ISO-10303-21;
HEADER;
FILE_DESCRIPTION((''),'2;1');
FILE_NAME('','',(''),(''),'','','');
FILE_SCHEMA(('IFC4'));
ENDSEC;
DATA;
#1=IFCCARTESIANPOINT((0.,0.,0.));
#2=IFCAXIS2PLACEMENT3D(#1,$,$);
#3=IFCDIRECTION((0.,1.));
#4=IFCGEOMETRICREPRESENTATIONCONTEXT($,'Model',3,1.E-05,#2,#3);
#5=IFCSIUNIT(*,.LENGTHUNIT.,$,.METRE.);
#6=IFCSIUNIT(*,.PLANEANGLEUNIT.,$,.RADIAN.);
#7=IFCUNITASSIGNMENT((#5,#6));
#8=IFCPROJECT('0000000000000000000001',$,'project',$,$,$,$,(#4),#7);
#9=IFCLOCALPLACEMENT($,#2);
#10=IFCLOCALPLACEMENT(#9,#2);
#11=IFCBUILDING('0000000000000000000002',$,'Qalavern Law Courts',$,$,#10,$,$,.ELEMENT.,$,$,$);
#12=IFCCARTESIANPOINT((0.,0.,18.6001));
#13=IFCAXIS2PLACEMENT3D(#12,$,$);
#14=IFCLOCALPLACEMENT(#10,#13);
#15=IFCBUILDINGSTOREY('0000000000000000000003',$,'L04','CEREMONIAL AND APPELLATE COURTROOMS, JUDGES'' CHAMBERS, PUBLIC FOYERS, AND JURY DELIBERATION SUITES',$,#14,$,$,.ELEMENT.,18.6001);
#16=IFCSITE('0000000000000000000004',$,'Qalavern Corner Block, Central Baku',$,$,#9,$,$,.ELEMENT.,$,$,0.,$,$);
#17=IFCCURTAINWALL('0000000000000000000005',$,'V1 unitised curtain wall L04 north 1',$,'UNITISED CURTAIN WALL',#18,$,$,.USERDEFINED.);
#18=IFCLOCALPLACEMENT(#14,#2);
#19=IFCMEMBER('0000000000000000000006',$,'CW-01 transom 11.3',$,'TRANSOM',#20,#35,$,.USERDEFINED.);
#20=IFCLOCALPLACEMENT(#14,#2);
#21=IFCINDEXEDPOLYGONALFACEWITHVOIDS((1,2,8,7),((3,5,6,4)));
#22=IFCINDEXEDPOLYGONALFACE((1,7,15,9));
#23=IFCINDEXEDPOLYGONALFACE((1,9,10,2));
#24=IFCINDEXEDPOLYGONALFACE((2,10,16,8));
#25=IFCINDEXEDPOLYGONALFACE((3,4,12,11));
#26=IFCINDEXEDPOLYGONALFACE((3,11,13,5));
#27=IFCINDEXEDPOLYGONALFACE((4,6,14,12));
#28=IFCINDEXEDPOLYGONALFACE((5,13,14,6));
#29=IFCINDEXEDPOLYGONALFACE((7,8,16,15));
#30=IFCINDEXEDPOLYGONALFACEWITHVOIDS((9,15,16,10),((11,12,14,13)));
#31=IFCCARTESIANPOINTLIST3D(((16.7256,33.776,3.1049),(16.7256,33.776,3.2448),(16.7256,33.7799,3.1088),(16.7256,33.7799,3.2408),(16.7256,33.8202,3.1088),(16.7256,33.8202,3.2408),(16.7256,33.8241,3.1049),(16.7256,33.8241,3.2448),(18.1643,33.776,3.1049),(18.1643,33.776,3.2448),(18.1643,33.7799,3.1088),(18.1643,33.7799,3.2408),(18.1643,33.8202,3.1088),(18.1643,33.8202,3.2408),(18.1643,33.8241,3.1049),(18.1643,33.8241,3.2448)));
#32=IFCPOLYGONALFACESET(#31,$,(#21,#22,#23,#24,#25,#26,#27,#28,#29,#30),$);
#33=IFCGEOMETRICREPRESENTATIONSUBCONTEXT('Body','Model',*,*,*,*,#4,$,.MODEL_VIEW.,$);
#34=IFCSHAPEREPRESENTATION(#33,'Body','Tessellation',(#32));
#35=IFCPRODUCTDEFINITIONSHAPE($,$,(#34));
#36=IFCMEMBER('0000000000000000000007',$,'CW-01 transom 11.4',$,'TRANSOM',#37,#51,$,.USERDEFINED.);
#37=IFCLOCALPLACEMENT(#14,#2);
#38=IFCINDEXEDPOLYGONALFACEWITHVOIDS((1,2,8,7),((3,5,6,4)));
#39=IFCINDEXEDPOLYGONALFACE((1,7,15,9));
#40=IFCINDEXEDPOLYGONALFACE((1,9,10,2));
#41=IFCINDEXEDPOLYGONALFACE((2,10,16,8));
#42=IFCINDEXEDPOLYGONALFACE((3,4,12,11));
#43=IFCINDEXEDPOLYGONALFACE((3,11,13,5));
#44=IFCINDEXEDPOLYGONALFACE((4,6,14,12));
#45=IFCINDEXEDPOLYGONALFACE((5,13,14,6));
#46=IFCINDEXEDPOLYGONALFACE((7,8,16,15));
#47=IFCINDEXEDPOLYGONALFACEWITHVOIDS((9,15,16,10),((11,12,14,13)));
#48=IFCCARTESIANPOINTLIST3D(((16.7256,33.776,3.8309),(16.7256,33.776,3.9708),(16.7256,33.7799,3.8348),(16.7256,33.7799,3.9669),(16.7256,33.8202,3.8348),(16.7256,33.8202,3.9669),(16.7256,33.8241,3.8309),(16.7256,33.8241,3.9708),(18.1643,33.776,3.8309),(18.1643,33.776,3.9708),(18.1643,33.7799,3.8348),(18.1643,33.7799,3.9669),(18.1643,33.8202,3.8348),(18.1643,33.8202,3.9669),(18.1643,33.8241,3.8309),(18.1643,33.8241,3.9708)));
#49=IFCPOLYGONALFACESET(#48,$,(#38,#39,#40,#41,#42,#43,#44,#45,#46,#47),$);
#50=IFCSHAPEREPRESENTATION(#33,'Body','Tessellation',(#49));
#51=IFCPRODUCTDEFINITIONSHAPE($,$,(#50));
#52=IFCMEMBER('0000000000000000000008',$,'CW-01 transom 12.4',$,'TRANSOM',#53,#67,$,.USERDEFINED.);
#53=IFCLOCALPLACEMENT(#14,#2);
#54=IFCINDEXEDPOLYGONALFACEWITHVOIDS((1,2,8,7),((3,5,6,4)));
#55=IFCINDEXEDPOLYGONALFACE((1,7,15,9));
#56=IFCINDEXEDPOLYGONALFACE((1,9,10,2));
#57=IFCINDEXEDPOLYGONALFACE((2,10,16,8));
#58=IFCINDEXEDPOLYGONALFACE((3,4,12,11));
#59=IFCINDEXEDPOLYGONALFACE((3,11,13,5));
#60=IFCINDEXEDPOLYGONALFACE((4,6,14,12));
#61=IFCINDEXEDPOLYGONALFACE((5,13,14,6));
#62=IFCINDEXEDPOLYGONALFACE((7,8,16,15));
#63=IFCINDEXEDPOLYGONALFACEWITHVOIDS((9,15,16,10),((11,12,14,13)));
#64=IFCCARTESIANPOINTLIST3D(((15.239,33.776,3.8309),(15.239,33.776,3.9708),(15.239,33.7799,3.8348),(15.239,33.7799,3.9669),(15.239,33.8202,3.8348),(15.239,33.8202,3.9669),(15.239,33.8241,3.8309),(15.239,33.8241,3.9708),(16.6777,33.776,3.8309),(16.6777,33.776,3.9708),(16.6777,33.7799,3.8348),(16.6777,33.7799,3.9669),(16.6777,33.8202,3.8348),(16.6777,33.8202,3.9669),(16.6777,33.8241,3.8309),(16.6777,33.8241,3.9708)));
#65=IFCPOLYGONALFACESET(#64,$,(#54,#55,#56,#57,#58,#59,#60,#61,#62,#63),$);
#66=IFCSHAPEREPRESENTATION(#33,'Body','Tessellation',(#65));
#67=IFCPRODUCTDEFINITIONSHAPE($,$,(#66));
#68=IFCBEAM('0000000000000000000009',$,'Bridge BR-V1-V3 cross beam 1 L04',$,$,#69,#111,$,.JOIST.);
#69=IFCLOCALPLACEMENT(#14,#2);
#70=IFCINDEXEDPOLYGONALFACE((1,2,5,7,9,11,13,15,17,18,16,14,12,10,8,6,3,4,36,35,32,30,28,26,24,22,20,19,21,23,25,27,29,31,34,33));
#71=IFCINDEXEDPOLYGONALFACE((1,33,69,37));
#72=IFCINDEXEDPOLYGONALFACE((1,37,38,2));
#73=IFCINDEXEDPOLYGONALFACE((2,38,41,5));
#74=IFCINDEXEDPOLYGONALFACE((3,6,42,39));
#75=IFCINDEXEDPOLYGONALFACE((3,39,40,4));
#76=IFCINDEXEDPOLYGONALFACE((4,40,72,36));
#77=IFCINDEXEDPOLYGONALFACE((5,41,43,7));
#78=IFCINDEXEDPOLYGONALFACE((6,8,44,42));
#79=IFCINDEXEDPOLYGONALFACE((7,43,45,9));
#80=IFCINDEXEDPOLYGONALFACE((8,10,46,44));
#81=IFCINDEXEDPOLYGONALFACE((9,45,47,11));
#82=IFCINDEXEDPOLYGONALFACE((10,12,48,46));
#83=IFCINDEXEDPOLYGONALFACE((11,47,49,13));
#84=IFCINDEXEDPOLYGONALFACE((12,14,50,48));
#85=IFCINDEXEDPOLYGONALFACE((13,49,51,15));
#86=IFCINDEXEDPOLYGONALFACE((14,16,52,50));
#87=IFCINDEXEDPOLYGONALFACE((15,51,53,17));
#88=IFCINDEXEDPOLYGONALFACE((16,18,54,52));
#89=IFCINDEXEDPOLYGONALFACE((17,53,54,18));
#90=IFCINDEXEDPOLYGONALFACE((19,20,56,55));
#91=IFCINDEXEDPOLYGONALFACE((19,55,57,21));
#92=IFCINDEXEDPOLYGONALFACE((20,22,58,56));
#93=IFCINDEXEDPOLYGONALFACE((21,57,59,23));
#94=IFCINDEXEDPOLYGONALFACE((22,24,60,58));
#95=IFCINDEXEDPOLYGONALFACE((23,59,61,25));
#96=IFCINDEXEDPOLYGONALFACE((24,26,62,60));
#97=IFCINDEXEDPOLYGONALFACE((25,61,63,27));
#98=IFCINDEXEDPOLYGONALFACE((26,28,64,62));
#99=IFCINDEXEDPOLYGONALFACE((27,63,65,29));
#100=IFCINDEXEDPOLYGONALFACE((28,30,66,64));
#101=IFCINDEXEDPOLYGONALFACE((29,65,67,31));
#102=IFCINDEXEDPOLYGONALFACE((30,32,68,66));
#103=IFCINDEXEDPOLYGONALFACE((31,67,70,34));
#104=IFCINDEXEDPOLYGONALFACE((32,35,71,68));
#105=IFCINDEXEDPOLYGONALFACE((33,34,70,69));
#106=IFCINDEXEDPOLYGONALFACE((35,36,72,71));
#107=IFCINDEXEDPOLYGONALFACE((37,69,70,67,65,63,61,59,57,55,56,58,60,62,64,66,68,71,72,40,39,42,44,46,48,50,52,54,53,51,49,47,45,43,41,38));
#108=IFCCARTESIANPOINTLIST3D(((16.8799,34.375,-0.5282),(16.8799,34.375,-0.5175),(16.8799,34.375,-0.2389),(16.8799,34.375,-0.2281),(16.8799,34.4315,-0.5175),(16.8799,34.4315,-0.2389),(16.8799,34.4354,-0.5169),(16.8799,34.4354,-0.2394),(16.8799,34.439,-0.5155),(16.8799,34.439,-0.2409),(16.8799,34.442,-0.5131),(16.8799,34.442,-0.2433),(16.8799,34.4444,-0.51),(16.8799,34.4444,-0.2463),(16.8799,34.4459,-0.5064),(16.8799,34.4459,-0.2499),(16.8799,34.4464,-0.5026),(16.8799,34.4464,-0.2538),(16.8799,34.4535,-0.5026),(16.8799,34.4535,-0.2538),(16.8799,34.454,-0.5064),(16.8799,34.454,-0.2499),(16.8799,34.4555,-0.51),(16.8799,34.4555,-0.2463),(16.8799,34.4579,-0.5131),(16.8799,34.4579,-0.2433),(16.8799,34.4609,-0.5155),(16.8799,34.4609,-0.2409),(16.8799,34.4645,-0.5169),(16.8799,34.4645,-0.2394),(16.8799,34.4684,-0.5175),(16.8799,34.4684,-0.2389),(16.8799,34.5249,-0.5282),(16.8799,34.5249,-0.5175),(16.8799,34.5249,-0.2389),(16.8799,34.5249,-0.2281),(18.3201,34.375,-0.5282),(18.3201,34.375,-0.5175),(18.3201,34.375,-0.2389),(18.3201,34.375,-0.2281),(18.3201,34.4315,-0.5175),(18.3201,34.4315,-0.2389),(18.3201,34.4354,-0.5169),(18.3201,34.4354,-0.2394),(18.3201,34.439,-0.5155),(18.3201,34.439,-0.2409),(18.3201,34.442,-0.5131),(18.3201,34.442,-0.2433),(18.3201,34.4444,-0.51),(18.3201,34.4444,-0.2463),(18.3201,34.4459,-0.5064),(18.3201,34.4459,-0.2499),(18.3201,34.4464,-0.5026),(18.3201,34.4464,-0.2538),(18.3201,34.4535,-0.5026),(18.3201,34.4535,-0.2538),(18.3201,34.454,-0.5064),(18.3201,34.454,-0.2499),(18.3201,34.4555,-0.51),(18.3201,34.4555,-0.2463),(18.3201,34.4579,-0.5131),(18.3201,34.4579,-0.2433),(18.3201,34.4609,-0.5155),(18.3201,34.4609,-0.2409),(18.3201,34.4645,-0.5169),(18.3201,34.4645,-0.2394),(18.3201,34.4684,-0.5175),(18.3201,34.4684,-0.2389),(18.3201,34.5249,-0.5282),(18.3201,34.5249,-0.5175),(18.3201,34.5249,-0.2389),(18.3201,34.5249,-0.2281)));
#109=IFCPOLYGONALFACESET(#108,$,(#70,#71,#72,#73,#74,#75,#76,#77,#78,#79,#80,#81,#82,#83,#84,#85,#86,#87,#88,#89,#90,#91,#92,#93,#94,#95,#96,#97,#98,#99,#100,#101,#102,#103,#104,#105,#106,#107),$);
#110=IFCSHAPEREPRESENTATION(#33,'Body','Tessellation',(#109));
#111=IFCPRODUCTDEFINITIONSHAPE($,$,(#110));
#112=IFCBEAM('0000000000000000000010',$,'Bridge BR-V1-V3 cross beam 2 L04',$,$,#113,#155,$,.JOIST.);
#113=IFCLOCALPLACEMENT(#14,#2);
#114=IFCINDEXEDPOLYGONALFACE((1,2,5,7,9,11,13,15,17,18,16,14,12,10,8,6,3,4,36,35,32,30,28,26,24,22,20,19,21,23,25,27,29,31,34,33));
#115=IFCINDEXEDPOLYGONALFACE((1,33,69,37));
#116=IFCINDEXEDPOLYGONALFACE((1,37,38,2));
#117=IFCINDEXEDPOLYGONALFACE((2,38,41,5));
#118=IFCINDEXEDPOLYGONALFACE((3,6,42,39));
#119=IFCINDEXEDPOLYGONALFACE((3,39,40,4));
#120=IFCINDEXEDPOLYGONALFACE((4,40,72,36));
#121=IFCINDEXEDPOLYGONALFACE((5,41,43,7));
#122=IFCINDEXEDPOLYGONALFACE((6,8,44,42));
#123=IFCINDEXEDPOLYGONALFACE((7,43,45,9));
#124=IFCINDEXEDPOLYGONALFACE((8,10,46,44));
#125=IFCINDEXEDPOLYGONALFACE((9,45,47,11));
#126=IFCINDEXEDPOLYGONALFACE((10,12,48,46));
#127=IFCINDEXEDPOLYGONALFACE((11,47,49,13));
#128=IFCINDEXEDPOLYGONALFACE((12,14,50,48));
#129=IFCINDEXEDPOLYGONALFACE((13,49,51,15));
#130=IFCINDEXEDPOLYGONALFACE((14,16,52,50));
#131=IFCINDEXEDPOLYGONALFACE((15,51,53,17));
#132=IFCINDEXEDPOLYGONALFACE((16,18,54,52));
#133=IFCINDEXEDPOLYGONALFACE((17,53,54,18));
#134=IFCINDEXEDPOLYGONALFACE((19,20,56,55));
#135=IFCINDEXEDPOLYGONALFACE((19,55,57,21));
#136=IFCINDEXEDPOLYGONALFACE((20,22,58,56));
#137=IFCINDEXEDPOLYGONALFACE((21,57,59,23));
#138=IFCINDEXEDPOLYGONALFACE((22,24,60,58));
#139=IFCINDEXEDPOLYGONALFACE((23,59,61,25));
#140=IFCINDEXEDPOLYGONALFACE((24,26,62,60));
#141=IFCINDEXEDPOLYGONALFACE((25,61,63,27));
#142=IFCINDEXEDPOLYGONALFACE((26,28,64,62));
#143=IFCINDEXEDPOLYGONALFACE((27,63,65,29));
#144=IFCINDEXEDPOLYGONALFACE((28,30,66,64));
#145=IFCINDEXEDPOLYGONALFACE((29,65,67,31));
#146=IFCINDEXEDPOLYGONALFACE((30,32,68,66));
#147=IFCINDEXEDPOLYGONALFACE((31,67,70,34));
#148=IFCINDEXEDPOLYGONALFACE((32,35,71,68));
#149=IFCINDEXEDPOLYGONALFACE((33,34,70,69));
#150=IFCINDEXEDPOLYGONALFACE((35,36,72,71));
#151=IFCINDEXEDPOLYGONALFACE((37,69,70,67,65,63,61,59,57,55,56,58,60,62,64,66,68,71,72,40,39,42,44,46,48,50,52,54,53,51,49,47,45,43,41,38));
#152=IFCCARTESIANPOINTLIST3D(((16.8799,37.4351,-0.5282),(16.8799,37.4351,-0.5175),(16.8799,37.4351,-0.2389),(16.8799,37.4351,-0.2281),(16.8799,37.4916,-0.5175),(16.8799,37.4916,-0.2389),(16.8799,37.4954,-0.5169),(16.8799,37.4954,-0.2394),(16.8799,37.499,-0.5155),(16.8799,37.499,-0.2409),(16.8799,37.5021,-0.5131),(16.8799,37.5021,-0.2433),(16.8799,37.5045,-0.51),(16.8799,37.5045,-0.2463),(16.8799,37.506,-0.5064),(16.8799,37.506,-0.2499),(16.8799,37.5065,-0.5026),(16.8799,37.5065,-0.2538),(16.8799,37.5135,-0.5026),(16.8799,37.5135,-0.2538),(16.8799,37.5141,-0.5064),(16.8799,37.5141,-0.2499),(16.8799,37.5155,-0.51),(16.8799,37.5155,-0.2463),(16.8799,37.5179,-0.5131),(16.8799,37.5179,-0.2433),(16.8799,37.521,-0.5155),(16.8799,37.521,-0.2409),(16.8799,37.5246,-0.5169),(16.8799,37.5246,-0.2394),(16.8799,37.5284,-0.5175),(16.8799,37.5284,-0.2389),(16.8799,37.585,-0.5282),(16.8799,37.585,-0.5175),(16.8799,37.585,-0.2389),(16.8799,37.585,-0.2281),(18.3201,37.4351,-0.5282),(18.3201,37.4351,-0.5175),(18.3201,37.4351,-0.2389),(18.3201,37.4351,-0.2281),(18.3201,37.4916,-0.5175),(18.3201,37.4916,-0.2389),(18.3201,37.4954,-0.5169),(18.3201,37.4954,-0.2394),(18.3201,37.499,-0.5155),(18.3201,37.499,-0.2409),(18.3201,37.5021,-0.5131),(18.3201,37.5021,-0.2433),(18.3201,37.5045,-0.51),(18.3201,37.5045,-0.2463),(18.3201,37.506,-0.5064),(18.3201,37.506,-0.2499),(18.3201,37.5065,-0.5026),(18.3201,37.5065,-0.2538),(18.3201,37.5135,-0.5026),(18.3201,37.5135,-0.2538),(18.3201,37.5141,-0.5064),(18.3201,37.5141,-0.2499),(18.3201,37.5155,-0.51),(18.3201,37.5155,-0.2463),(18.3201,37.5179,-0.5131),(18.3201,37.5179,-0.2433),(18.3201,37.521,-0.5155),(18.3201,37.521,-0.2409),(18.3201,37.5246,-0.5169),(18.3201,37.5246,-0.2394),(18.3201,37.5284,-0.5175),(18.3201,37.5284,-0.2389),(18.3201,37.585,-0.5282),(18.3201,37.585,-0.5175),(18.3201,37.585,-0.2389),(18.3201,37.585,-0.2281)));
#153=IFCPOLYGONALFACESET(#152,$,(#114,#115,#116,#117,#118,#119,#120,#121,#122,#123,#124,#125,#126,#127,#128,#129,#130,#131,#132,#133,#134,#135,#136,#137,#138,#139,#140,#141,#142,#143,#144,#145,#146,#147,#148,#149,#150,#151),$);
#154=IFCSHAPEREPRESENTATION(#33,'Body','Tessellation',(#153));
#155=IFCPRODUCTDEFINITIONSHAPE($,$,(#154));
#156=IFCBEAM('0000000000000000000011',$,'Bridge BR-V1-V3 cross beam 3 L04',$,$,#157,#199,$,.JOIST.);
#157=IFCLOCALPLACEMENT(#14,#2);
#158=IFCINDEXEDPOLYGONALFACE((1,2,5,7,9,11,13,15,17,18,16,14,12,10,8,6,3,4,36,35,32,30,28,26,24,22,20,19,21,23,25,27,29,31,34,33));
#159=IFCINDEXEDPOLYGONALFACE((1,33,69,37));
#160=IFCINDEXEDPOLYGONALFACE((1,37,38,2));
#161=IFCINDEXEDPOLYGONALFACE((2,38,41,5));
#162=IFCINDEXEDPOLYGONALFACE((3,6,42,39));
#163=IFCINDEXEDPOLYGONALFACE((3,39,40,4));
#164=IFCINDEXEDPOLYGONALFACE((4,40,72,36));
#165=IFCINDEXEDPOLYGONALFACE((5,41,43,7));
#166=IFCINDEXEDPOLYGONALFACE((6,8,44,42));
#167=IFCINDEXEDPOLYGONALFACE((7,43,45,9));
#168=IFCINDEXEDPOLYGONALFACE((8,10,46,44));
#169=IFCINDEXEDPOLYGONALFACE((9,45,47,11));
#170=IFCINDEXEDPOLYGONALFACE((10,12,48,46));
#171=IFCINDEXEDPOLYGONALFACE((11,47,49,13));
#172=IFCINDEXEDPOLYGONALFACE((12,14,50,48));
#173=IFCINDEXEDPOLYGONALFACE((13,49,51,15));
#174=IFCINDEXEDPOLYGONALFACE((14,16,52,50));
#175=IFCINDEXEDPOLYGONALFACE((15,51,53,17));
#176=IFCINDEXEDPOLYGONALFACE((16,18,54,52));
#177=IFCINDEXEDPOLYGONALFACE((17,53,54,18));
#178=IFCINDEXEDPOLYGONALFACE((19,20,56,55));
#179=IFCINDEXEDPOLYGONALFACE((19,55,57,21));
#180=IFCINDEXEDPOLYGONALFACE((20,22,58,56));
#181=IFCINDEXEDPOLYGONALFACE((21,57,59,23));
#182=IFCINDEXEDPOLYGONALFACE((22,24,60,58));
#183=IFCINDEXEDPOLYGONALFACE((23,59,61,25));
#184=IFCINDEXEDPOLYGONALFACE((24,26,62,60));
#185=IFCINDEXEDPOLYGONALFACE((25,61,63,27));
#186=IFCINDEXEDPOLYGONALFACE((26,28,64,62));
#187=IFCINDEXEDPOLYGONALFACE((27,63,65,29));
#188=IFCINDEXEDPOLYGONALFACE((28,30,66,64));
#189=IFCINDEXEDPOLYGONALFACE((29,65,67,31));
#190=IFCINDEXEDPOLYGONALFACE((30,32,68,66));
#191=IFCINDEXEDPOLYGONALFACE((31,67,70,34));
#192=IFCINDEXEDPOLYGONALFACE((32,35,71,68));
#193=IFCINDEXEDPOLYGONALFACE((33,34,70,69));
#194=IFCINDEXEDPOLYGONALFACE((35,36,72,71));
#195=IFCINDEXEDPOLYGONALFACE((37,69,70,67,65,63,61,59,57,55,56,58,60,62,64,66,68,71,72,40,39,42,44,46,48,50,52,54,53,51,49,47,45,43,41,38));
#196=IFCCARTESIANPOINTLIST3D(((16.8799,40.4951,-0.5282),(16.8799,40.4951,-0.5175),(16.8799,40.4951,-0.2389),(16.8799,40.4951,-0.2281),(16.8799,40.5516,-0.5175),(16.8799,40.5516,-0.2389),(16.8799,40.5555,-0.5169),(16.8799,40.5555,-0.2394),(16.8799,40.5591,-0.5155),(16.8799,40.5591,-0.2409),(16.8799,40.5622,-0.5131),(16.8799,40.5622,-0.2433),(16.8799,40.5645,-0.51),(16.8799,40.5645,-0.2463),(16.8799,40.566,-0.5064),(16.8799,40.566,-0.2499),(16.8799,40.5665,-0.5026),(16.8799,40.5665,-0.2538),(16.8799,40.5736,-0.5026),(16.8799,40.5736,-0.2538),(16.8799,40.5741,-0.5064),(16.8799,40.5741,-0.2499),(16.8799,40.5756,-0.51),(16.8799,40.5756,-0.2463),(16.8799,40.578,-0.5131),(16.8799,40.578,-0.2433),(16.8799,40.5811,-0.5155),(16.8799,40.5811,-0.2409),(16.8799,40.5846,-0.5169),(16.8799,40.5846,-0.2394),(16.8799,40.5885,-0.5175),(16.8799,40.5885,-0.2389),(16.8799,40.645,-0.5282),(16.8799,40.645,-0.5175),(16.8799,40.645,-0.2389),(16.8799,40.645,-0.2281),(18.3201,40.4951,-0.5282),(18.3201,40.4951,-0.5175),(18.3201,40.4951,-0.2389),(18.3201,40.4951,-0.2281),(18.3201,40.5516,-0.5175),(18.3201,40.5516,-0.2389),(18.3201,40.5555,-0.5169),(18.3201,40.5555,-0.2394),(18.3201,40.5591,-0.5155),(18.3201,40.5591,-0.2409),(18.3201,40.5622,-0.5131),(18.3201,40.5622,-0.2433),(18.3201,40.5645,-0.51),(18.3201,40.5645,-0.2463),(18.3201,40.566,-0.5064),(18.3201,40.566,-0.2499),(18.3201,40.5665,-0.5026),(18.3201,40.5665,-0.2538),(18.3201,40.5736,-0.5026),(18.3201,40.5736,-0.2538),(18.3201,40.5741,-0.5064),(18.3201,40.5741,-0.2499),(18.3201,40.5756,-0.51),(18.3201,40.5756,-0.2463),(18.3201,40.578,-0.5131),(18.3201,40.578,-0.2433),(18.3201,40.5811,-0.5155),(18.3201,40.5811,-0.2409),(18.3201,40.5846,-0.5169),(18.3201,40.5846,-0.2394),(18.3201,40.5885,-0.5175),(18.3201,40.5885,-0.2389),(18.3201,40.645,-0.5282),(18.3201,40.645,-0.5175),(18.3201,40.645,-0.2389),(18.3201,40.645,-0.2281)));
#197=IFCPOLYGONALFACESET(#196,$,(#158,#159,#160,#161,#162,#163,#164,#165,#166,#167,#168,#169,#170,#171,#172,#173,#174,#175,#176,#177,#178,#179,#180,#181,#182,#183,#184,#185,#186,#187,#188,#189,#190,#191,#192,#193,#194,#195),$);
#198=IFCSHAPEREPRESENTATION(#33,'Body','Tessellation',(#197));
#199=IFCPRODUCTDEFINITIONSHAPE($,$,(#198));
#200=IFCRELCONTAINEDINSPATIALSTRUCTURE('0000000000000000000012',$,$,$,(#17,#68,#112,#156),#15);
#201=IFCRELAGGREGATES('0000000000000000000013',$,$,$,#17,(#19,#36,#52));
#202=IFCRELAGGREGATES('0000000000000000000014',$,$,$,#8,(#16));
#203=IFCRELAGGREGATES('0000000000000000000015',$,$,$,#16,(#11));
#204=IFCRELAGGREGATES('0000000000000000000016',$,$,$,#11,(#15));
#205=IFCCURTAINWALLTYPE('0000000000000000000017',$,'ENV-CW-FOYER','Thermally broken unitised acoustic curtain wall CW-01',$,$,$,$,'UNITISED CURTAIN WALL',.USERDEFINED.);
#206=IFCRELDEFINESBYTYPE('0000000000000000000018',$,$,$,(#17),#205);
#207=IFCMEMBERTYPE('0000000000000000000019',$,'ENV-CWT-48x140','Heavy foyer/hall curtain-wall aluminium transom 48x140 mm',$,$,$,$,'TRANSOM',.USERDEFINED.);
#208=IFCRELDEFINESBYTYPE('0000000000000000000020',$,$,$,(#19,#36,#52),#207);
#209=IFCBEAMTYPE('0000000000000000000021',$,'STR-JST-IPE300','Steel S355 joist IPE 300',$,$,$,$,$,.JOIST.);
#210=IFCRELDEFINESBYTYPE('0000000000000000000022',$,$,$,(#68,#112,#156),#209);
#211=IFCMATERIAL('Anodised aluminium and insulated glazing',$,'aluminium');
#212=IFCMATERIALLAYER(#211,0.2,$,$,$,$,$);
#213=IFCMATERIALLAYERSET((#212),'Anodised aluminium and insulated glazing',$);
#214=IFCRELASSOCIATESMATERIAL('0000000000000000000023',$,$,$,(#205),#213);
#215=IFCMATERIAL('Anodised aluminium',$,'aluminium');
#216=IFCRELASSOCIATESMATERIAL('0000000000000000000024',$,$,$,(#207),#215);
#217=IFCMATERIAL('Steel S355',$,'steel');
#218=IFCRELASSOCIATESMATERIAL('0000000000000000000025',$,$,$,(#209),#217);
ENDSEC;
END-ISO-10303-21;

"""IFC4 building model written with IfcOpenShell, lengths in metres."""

from ifc_helpers import new_model, si_unit, direction, frame, origin, origin_2d, place, context, subcontext, project, spatial, hollow_rectangle, i_section, extrude, material, layer, layer_set, material_profile, profile_set, type_object, element, aggregate, save


model = new_model("IFC4")

# Units and contexts
model_context = context("Model", 3, precision=1e-05, world=origin(), true_north=direction((0.0, 1.0)))
body_context = subcontext(model_context, "Body", "Model", "MODEL_VIEW")
ifc_project = project(units=[si_unit("LENGTHUNIT", "METRE"), si_unit("PLANEANGLEUNIT", "RADIAN")], contexts=[model_context])

# Site, building, storey
site_placement = place(None, origin())
site = spatial("IfcSite", under=ifc_project, at=site_placement, Name="Qalavern Corner Block, Central Baku", CompositionType="ELEMENT", RefElevation=0.0)
building_placement = place(site_placement, origin())
building = spatial("IfcBuilding", under=site, at=building_placement, Name="Qalavern Law Courts", CompositionType="ELEMENT")
storey_placement = place(building_placement, frame((0.0, 0.0, 18.6001)))
storey = spatial("IfcBuildingStorey", under=building, at=storey_placement, Name="L04", Description="CEREMONIAL AND APPELLATE COURTROOMS, JUDGES' CHAMBERS, PUBLIC FOYERS, AND JURY DELIBERATION SUITES", CompositionType="ELEMENT", Elevation=18.6001)

# Curtain wall
ifc_material_1 = material(Name="Anodised aluminium and insulated glazing", Category="aluminium")
ifc_material_2 = material(Name="Anodised aluminium", Category="aluminium")
ifc_layer_1 = layer(ifc_material_1, 0.2)
ifc_layer_set_1 = layer_set([ifc_layer_1], Name="Anodised aluminium and insulated glazing")
curtain_wall_type_1 = type_object("IfcCurtainWallType", Name="ENV-CW-FOYER", Description="Thermally broken unitised acoustic curtain wall CW-01", ElementType="UNITISED CURTAIN WALL", PredefinedType="USERDEFINED", material=ifc_layer_set_1)
curtain_wall_1_placement = place(storey_placement, origin())
curtain_wall_1 = element("IfcCurtainWall", 1, at=curtain_wall_1_placement, inside=storey, type_object=curtain_wall_type_1, Name="V1 unitised curtain wall L04 north 1", ObjectType="UNITISED CURTAIN WALL", PredefinedType="USERDEFINED")

# Members
ifc_material_profile_1 = material_profile(ifc_material_2, hollow_rectangle(XDim=0.0481, YDim=0.1399, WallThickness=0.0039, at=origin_2d()), Name="ALU TRANSOM 48x140")
ifc_profile_set_1 = profile_set([ifc_material_profile_1], Name="Anodised aluminium")
member_type_1 = type_object("IfcMemberType", Name="ENV-CWT-48x140", Description="Heavy foyer/hall curtain-wall aluminium transom 48x140 mm", ElementType="TRANSOM", PredefinedType="USERDEFINED", material=ifc_profile_set_1)
member_1_placement = place(storey_placement, frame((18.1643, 33.8, 3.1748), z_axis=(-1.0, 0.0, 0.0), x_axis=(0.0, -1.0, 0.0)))
member_1 = element("IfcMember", 2, at=member_1_placement, type_object=member_type_1, Name="CW-01 transom 11.3", ObjectType="TRANSOM", PredefinedType="USERDEFINED", context=body_context, shape_type="SweptSolid", body=[
    extrude(hollow_rectangle(XDim=0.0481, YDim=0.1399, WallThickness=0.0039, at=origin_2d()), origin(), (0.0, 0.0, 1.0), 1.4387),
])
member_2_placement = place(storey_placement, frame((18.1643, 33.8, 3.9009), z_axis=(-1.0, 0.0, 0.0), x_axis=(0.0, -1.0, 0.0)))
member_2 = element("IfcMember", 3, at=member_2_placement, type_object=member_type_1, Name="CW-01 transom 11.4", ObjectType="TRANSOM", PredefinedType="USERDEFINED", context=body_context, shape_type="SweptSolid", body=[
    extrude(hollow_rectangle(XDim=0.0481, YDim=0.1399, WallThickness=0.0039, at=origin_2d()), origin(), (0.0, 0.0, 1.0), 1.4387),
])
member_3_placement = place(storey_placement, frame((16.6777, 33.8, 3.9009), z_axis=(-1.0, 0.0, 0.0), x_axis=(0.0, -1.0, 0.0)))
member_3 = element("IfcMember", 4, at=member_3_placement, type_object=member_type_1, Name="CW-01 transom 12.4", ObjectType="TRANSOM", PredefinedType="USERDEFINED", context=body_context, shape_type="SweptSolid", body=[
    extrude(hollow_rectangle(XDim=0.0481, YDim=0.1399, WallThickness=0.0039, at=origin_2d()), origin(), (0.0, 0.0, 1.0), 1.4387),
])

# Beams
ifc_material_3 = material(Name="Steel S355", Category="steel")
ifc_material_profile_2 = material_profile(ifc_material_3, i_section(OverallWidth=0.1499, OverallDepth=0.3, WebThickness=0.0071, FlangeThickness=0.0107, FilletRadius=0.0149, at=origin_2d()), Name="IPE 300")
ifc_profile_set_2 = profile_set([ifc_material_profile_2], Name="Steel S355")
beam_type = type_object("IfcBeamType", Name="STR-JST-IPE300", Description="Steel S355 joist IPE 300", PredefinedType="JOIST", material=ifc_profile_set_2)
for number, where, z_axis, x_axis, name in (
    (5, (16.8799, 34.45, -0.3782), (1.0, 0.0, 0.0), (0.0, 1.0, 0.0), "Bridge BR-V1-V3 cross beam 1 L04"),
    (6, (16.8799, 37.51, -0.3782), (1.0, 0.0, 0.0), (0.0, 1.0, 0.0), "Bridge BR-V1-V3 cross beam 2 L04"),
    (7, (16.8799, 40.5701, -0.3782), (1.0, 0.0, 0.0), (0.0, 1.0, 0.0), "Bridge BR-V1-V3 cross beam 3 L04"),
):
    element("IfcBeam", number, at=place(storey_placement, frame(where, z_axis=z_axis, x_axis=x_axis)), inside=storey, type_object=beam_type, Name=name, PredefinedType="JOIST", context=body_context, shape_type="SweptSolid", body=[
        extrude(i_section(OverallWidth=0.1499, OverallDepth=0.3, WebThickness=0.0071, FlangeThickness=0.0107, FilletRadius=0.0149, at=origin_2d()), origin(), (0.0, 0.0, 1.0), 1.4402),
    ])

aggregate(curtain_wall_1, [member_1, member_2, member_3])

save(model, "model.ifc")
